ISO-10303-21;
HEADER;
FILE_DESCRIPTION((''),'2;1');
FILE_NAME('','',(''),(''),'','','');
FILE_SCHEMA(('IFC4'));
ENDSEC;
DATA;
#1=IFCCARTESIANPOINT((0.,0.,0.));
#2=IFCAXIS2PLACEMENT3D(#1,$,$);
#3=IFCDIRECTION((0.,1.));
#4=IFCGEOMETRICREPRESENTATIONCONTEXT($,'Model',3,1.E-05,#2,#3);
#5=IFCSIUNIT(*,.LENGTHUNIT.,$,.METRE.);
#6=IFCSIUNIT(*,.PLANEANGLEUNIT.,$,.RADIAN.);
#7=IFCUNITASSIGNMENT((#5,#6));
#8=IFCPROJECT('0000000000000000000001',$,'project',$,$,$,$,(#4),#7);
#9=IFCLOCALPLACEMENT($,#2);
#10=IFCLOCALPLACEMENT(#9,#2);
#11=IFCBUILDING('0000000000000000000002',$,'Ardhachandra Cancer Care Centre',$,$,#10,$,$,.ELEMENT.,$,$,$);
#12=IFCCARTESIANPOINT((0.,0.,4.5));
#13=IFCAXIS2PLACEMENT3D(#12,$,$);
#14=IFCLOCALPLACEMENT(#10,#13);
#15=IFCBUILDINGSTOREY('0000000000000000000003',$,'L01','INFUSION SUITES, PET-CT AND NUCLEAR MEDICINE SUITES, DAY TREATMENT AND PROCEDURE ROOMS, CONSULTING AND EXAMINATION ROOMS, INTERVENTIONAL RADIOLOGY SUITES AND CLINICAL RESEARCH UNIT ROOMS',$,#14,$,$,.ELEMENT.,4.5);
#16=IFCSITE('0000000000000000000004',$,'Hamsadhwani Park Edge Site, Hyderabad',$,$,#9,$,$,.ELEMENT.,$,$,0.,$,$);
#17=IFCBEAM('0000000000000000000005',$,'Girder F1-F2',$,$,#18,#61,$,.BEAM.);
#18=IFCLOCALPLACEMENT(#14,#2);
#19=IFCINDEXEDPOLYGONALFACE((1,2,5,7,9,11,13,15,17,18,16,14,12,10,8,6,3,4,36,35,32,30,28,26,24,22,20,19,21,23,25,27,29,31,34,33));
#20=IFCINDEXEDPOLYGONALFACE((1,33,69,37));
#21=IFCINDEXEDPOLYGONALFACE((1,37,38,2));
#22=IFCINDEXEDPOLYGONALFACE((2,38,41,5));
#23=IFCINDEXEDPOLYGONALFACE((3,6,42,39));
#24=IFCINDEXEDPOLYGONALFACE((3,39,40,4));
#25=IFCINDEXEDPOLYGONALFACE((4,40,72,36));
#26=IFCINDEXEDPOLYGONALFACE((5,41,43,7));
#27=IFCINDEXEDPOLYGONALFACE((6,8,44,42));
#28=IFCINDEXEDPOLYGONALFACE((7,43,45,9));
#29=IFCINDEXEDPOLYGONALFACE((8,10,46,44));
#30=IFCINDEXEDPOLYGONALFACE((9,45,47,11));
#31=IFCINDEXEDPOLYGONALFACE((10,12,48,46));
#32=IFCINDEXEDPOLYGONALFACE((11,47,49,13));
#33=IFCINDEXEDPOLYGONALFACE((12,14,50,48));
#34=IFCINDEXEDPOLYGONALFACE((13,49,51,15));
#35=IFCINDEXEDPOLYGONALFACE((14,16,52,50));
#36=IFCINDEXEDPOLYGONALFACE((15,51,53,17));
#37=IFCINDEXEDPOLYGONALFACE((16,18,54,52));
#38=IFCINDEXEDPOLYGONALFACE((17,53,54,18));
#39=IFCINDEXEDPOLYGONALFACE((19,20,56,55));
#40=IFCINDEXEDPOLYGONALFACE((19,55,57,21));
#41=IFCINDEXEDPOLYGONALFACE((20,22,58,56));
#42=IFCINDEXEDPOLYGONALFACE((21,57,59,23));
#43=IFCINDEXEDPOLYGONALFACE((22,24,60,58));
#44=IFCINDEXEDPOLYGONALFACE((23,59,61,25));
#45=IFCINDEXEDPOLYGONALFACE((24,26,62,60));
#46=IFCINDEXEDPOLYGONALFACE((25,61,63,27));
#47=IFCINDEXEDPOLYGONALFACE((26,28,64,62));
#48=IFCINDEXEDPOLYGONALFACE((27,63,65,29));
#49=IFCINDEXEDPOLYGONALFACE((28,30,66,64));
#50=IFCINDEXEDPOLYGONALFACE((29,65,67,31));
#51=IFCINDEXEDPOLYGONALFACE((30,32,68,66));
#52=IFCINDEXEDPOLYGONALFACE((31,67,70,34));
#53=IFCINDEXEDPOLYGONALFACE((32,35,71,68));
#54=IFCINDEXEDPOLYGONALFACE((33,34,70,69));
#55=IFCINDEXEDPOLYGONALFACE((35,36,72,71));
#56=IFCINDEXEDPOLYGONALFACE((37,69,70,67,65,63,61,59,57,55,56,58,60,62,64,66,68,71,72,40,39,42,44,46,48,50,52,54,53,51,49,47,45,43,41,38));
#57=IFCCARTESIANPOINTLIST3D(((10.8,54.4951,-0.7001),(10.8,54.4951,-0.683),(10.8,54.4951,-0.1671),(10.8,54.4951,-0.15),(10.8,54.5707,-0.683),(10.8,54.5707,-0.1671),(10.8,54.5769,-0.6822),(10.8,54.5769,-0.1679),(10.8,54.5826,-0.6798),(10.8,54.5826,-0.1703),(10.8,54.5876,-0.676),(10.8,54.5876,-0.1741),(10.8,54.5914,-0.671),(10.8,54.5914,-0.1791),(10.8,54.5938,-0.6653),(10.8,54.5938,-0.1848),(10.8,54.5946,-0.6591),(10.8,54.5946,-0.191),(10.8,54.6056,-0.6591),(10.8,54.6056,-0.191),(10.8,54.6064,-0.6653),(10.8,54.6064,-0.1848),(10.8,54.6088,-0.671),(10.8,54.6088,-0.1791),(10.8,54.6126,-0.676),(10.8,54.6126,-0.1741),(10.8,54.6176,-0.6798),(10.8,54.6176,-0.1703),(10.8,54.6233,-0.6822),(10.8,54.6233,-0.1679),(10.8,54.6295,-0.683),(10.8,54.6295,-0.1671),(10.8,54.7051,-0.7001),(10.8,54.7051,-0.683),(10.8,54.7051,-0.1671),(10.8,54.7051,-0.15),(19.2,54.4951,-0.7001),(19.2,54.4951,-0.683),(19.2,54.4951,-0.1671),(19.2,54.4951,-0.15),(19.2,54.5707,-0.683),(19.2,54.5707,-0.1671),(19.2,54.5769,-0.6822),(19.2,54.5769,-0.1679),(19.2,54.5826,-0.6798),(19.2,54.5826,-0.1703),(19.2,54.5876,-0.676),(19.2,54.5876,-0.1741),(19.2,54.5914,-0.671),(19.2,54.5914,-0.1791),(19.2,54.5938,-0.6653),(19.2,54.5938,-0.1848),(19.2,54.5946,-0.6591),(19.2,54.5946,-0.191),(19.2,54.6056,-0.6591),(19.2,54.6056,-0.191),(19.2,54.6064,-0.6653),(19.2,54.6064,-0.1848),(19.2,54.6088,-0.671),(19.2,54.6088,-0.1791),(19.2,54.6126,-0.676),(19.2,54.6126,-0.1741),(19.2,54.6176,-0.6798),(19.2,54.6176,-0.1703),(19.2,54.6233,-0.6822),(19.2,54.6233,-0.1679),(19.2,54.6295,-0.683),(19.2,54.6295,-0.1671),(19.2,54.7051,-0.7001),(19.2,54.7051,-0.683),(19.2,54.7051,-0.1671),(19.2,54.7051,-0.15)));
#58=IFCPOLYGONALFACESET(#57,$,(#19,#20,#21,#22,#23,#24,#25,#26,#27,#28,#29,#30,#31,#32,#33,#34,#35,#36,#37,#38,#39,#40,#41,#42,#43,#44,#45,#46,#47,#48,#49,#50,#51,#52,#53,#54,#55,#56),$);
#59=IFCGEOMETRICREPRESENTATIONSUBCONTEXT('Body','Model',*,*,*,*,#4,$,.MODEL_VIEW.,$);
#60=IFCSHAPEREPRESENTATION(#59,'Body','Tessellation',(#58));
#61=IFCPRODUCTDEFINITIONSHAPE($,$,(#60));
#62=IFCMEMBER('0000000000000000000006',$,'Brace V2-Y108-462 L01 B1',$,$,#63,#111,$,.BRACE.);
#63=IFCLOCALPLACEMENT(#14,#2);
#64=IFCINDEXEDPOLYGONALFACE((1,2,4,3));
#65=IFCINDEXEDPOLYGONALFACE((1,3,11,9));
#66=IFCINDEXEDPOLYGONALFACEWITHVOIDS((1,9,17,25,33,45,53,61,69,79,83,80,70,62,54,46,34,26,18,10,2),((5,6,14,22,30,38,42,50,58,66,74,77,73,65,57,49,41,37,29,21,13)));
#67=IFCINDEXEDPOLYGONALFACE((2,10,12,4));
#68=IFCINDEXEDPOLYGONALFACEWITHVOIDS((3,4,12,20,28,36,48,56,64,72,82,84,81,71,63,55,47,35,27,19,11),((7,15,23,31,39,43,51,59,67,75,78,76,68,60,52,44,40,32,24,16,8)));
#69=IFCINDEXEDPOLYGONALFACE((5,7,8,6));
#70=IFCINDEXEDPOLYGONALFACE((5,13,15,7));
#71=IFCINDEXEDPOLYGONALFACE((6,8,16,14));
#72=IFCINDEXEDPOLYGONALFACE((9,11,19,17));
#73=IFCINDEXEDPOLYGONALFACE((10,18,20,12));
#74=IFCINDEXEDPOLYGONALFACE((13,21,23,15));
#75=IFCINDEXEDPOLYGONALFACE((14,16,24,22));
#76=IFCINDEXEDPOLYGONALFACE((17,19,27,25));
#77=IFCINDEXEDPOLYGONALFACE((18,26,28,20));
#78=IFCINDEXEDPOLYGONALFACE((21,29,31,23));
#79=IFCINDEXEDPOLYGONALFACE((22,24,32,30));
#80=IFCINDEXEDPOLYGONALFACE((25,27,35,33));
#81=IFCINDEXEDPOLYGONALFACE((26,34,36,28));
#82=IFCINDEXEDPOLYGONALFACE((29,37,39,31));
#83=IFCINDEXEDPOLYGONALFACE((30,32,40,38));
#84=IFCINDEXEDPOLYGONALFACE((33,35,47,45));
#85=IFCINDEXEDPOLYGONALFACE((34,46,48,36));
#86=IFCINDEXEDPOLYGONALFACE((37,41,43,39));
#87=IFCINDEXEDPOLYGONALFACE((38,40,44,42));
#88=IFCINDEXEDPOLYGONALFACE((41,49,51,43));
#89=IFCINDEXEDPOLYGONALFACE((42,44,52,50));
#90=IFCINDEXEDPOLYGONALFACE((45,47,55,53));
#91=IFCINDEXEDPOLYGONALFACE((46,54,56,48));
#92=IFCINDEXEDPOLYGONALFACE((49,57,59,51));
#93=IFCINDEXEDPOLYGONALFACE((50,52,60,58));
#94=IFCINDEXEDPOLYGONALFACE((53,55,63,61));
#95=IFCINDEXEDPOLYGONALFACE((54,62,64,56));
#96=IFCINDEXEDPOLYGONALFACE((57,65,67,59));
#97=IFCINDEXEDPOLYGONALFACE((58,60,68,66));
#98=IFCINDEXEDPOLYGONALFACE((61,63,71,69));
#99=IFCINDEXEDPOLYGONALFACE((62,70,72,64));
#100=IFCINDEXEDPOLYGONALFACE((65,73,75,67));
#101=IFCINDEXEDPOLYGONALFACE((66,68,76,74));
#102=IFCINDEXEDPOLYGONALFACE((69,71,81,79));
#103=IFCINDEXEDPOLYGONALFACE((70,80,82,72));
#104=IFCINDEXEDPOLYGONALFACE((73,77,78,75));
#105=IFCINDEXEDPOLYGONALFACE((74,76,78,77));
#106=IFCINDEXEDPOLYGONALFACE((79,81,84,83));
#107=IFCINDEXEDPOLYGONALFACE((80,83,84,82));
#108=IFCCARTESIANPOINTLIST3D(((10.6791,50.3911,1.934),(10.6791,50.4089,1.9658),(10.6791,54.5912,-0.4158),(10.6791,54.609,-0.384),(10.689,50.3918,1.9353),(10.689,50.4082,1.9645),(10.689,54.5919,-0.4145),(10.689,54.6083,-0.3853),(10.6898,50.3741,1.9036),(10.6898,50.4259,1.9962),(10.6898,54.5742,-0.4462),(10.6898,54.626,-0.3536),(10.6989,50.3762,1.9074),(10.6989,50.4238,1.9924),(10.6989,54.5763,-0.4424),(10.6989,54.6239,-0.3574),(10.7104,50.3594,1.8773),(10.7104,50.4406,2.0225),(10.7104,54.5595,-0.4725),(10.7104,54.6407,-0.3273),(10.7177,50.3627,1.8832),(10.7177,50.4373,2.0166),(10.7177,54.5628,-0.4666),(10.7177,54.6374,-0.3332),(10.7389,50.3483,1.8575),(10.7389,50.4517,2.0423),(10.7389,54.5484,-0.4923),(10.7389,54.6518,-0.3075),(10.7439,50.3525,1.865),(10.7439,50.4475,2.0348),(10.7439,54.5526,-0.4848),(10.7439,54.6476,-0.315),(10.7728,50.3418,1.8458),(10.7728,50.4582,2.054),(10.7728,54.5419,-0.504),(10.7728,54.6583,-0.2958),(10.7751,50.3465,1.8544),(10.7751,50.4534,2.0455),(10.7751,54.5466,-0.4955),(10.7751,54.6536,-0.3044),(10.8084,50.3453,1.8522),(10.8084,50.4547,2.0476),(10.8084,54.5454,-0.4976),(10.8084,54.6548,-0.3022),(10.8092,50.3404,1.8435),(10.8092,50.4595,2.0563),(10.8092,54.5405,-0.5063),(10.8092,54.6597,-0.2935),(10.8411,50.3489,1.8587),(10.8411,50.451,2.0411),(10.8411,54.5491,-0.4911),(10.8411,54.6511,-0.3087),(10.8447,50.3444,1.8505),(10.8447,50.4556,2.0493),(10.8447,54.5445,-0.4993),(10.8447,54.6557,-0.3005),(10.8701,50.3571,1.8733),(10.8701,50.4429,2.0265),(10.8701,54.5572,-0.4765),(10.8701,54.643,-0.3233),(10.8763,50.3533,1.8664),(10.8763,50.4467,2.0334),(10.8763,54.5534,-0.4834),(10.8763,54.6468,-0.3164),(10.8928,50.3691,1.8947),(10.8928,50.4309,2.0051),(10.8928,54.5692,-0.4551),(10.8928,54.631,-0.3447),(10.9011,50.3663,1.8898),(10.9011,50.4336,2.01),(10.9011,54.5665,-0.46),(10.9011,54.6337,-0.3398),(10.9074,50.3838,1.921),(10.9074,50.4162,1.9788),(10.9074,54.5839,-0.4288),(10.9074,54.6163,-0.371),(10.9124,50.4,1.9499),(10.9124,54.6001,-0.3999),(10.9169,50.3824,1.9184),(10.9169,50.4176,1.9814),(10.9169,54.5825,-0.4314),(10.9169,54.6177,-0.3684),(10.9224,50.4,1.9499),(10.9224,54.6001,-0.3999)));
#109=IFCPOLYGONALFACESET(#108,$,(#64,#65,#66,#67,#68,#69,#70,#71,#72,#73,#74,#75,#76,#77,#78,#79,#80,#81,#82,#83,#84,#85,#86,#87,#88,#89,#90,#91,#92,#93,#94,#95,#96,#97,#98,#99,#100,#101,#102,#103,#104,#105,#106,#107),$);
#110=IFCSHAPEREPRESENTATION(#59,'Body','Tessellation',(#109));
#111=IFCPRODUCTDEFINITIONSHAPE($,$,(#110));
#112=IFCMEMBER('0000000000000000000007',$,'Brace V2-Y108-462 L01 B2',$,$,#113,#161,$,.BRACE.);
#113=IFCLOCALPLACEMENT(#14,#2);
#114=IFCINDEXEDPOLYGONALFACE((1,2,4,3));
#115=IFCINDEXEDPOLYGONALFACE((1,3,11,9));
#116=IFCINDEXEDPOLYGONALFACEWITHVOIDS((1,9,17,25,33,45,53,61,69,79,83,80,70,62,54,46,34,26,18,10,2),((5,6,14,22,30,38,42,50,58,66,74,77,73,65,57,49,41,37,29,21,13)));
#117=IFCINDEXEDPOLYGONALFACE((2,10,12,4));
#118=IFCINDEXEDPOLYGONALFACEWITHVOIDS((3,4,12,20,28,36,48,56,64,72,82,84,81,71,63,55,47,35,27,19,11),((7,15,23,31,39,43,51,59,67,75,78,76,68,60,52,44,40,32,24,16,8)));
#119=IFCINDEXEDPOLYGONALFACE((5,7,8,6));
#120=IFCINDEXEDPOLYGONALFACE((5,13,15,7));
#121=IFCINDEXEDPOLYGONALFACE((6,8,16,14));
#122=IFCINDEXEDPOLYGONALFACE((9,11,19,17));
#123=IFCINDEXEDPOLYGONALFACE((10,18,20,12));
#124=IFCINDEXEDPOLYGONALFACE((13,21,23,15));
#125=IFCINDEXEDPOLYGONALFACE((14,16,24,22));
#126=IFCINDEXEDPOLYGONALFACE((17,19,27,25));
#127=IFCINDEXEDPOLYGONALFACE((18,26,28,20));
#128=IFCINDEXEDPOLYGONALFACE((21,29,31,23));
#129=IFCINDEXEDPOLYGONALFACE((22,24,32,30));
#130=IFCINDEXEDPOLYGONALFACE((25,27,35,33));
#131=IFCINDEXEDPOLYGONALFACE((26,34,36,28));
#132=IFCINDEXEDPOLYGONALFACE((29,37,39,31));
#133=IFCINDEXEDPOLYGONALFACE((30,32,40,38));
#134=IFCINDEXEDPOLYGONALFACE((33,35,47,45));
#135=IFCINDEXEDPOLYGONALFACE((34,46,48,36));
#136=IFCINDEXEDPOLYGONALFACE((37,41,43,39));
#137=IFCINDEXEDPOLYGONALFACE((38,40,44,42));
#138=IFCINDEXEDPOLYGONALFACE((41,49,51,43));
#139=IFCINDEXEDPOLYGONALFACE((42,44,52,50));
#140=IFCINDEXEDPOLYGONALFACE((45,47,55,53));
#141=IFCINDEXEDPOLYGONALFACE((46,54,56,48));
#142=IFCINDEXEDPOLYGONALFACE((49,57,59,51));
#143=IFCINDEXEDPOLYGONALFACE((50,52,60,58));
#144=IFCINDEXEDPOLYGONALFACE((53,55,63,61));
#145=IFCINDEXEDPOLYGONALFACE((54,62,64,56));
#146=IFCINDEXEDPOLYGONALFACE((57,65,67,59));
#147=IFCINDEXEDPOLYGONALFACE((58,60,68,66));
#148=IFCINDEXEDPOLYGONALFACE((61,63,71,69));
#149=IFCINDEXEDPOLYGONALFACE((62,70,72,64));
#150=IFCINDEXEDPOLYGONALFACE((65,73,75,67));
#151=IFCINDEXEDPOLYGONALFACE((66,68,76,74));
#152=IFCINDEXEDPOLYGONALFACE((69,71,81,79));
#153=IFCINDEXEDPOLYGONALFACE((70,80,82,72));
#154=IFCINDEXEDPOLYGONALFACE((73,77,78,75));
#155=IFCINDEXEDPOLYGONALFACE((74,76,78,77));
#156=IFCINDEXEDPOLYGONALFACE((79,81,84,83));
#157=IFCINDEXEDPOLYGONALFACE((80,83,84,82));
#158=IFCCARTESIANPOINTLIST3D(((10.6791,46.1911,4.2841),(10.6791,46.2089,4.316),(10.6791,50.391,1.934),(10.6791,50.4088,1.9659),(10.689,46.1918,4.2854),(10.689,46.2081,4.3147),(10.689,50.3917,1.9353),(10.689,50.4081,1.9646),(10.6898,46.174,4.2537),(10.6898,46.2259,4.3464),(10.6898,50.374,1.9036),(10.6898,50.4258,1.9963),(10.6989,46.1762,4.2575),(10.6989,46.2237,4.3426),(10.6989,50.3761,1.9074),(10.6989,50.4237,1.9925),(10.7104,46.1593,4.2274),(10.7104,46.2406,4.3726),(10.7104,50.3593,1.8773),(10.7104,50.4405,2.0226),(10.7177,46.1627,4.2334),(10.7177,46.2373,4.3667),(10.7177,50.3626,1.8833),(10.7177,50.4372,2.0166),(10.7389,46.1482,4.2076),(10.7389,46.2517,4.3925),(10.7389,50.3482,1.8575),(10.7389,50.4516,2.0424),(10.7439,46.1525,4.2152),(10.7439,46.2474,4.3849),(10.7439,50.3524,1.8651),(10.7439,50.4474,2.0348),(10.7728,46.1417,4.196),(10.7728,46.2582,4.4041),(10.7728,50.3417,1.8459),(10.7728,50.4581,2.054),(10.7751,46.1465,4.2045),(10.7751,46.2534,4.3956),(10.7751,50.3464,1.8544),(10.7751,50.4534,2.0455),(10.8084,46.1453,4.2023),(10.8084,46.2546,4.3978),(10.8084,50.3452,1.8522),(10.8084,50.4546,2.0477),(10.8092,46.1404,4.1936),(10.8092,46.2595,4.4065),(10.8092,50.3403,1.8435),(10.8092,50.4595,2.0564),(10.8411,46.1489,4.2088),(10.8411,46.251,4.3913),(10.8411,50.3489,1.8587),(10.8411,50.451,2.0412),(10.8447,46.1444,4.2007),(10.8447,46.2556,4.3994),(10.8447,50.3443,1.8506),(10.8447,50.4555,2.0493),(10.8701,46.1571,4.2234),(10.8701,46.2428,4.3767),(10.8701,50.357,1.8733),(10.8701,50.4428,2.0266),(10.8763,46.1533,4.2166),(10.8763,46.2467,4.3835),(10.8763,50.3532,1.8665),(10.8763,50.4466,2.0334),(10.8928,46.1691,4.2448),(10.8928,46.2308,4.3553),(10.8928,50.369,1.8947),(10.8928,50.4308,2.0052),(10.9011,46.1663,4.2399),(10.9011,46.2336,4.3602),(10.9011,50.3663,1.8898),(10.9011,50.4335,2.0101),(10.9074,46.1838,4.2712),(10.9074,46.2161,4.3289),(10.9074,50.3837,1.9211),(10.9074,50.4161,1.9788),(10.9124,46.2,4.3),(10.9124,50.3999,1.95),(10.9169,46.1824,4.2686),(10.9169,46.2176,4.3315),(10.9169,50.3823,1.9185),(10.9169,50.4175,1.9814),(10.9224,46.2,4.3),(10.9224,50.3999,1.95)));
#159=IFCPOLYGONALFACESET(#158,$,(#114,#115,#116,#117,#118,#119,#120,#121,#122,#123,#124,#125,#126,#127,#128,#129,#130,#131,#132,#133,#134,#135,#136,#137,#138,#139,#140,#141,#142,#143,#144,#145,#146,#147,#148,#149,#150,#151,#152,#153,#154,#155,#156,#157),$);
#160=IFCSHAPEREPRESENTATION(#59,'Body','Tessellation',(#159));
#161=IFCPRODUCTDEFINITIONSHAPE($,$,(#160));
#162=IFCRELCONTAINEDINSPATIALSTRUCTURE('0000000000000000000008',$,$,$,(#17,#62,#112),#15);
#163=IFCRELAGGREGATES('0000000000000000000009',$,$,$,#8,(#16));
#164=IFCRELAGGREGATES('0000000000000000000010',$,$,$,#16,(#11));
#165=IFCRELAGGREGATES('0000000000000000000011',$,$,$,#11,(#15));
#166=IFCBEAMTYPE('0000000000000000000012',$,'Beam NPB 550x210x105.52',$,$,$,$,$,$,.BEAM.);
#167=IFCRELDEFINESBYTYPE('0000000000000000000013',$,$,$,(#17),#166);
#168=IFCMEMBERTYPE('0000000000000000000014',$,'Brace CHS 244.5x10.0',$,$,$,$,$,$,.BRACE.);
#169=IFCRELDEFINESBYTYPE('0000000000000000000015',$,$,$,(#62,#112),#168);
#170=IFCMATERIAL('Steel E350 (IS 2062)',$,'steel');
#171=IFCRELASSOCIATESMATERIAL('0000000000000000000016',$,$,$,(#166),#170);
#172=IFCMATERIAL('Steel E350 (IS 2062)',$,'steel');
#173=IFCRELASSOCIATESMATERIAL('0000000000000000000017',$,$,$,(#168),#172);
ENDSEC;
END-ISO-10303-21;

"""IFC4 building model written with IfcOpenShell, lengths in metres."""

from ifc_helpers import new_model, si_unit, direction, frame, origin, origin_2d, place, context, subcontext, project, spatial, hollow_circle, i_section, extrude, material, material_profile, profile_set, type_object, element, save


model = new_model("IFC4")

# Units and contexts
model_context = context("Model", 3, precision=1e-05, world=origin(), true_north=direction((0.0, 1.0)))
body_context = subcontext(model_context, "Body", "Model", "MODEL_VIEW")
ifc_project = project(units=[si_unit("LENGTHUNIT", "METRE"), si_unit("PLANEANGLEUNIT", "RADIAN")], contexts=[model_context])

# Site, building, storey
site_placement = place(None, origin())
site = spatial("IfcSite", under=ifc_project, at=site_placement, Name="Hamsadhwani Park Edge Site, Hyderabad", CompositionType="ELEMENT", RefElevation=0.0)
building_placement = place(site_placement, origin())
building = spatial("IfcBuilding", under=site, at=building_placement, Name="Ardhachandra Cancer Care Centre", CompositionType="ELEMENT")
storey_placement = place(building_placement, frame((0.0, 0.0, 4.5)))
storey = spatial("IfcBuildingStorey", under=building, at=storey_placement, Name="L01", Description="INFUSION SUITES, PET-CT AND NUCLEAR MEDICINE SUITES, DAY TREATMENT AND PROCEDURE ROOMS, CONSULTING AND EXAMINATION ROOMS, INTERVENTIONAL RADIOLOGY SUITES AND CLINICAL RESEARCH UNIT ROOMS", CompositionType="ELEMENT", Elevation=4.5)

# Beam
ifc_material_1 = material(Name="Steel E350 (IS 2062)", Category="steel")
ifc_material_profile_1 = material_profile(ifc_material_1, i_section(OverallWidth=0.21, OverallDepth=0.55, WebThickness=0.011, FlangeThickness=0.0171, FilletRadius=0.0239, at=origin_2d()), Name="NPB 550x210x105.52")
ifc_profile_set_1 = profile_set([ifc_material_profile_1], Name="Steel E350 (IS 2062)")
beam_type_1 = type_object("IfcBeamType", Name="Beam NPB 550x210x105.52", PredefinedType="BEAM", material=ifc_profile_set_1)
beam_1_placement = place(storey_placement, frame((10.8, 54.6001, -0.425), z_axis=(1.0, 0.0, 0.0), x_axis=(0.0, 1.0, 0.0)))
element("IfcBeam", 1, at=beam_1_placement, inside=storey, type_object=beam_type_1, Name="Girder F1-F2", PredefinedType="BEAM", context=body_context, shape_type="SweptSolid", body=[
    extrude(i_section(OverallWidth=0.21, OverallDepth=0.55, WebThickness=0.011, FlangeThickness=0.0171, FilletRadius=0.0239, at=origin_2d()), origin(), (0.0, 0.0, 1.0), 8.3999),
])

# Members
ifc_material_2 = material(Name="Steel E350 (IS 2062)", Category="steel")
ifc_material_profile_2 = material_profile(ifc_material_2, hollow_circle(Radius=0.1223, WallThickness=0.01, at=origin_2d()), Name="CHS 244.5x10.0")
ifc_profile_set_2 = profile_set([ifc_material_profile_2], Name="Steel E350 (IS 2062)")
member_type = type_object("IfcMemberType", Name="Brace CHS 244.5x10.0", PredefinedType="BRACE", material=ifc_profile_set_2)
for number, where, z_axis, x_axis, name in (
    (2, (10.8, 54.6001, -0.3999), (0.0, -0.872706, 0.488247), (1.0, 0.0, 0.0), "Brace V2-Y108-462 L01 B1"),
    (3, (10.8, 50.3999, 1.95), (0.0, -0.872672, 0.488307), (1.0, 0.0, 0.0), "Brace V2-Y108-462 L01 B2"),
):
    element("IfcMember", number, at=place(storey_placement, frame(where, z_axis=z_axis, x_axis=x_axis)), inside=storey, type_object=member_type, Name=name, PredefinedType="BRACE", context=body_context, shape_type="SweptSolid", body=[
        extrude(hollow_circle(Radius=0.1223, WallThickness=0.01, at=origin_2d()), origin(), (0.0, 0.0, 1.0), 4.8127),
    ])

save(model, "model.ifc")
